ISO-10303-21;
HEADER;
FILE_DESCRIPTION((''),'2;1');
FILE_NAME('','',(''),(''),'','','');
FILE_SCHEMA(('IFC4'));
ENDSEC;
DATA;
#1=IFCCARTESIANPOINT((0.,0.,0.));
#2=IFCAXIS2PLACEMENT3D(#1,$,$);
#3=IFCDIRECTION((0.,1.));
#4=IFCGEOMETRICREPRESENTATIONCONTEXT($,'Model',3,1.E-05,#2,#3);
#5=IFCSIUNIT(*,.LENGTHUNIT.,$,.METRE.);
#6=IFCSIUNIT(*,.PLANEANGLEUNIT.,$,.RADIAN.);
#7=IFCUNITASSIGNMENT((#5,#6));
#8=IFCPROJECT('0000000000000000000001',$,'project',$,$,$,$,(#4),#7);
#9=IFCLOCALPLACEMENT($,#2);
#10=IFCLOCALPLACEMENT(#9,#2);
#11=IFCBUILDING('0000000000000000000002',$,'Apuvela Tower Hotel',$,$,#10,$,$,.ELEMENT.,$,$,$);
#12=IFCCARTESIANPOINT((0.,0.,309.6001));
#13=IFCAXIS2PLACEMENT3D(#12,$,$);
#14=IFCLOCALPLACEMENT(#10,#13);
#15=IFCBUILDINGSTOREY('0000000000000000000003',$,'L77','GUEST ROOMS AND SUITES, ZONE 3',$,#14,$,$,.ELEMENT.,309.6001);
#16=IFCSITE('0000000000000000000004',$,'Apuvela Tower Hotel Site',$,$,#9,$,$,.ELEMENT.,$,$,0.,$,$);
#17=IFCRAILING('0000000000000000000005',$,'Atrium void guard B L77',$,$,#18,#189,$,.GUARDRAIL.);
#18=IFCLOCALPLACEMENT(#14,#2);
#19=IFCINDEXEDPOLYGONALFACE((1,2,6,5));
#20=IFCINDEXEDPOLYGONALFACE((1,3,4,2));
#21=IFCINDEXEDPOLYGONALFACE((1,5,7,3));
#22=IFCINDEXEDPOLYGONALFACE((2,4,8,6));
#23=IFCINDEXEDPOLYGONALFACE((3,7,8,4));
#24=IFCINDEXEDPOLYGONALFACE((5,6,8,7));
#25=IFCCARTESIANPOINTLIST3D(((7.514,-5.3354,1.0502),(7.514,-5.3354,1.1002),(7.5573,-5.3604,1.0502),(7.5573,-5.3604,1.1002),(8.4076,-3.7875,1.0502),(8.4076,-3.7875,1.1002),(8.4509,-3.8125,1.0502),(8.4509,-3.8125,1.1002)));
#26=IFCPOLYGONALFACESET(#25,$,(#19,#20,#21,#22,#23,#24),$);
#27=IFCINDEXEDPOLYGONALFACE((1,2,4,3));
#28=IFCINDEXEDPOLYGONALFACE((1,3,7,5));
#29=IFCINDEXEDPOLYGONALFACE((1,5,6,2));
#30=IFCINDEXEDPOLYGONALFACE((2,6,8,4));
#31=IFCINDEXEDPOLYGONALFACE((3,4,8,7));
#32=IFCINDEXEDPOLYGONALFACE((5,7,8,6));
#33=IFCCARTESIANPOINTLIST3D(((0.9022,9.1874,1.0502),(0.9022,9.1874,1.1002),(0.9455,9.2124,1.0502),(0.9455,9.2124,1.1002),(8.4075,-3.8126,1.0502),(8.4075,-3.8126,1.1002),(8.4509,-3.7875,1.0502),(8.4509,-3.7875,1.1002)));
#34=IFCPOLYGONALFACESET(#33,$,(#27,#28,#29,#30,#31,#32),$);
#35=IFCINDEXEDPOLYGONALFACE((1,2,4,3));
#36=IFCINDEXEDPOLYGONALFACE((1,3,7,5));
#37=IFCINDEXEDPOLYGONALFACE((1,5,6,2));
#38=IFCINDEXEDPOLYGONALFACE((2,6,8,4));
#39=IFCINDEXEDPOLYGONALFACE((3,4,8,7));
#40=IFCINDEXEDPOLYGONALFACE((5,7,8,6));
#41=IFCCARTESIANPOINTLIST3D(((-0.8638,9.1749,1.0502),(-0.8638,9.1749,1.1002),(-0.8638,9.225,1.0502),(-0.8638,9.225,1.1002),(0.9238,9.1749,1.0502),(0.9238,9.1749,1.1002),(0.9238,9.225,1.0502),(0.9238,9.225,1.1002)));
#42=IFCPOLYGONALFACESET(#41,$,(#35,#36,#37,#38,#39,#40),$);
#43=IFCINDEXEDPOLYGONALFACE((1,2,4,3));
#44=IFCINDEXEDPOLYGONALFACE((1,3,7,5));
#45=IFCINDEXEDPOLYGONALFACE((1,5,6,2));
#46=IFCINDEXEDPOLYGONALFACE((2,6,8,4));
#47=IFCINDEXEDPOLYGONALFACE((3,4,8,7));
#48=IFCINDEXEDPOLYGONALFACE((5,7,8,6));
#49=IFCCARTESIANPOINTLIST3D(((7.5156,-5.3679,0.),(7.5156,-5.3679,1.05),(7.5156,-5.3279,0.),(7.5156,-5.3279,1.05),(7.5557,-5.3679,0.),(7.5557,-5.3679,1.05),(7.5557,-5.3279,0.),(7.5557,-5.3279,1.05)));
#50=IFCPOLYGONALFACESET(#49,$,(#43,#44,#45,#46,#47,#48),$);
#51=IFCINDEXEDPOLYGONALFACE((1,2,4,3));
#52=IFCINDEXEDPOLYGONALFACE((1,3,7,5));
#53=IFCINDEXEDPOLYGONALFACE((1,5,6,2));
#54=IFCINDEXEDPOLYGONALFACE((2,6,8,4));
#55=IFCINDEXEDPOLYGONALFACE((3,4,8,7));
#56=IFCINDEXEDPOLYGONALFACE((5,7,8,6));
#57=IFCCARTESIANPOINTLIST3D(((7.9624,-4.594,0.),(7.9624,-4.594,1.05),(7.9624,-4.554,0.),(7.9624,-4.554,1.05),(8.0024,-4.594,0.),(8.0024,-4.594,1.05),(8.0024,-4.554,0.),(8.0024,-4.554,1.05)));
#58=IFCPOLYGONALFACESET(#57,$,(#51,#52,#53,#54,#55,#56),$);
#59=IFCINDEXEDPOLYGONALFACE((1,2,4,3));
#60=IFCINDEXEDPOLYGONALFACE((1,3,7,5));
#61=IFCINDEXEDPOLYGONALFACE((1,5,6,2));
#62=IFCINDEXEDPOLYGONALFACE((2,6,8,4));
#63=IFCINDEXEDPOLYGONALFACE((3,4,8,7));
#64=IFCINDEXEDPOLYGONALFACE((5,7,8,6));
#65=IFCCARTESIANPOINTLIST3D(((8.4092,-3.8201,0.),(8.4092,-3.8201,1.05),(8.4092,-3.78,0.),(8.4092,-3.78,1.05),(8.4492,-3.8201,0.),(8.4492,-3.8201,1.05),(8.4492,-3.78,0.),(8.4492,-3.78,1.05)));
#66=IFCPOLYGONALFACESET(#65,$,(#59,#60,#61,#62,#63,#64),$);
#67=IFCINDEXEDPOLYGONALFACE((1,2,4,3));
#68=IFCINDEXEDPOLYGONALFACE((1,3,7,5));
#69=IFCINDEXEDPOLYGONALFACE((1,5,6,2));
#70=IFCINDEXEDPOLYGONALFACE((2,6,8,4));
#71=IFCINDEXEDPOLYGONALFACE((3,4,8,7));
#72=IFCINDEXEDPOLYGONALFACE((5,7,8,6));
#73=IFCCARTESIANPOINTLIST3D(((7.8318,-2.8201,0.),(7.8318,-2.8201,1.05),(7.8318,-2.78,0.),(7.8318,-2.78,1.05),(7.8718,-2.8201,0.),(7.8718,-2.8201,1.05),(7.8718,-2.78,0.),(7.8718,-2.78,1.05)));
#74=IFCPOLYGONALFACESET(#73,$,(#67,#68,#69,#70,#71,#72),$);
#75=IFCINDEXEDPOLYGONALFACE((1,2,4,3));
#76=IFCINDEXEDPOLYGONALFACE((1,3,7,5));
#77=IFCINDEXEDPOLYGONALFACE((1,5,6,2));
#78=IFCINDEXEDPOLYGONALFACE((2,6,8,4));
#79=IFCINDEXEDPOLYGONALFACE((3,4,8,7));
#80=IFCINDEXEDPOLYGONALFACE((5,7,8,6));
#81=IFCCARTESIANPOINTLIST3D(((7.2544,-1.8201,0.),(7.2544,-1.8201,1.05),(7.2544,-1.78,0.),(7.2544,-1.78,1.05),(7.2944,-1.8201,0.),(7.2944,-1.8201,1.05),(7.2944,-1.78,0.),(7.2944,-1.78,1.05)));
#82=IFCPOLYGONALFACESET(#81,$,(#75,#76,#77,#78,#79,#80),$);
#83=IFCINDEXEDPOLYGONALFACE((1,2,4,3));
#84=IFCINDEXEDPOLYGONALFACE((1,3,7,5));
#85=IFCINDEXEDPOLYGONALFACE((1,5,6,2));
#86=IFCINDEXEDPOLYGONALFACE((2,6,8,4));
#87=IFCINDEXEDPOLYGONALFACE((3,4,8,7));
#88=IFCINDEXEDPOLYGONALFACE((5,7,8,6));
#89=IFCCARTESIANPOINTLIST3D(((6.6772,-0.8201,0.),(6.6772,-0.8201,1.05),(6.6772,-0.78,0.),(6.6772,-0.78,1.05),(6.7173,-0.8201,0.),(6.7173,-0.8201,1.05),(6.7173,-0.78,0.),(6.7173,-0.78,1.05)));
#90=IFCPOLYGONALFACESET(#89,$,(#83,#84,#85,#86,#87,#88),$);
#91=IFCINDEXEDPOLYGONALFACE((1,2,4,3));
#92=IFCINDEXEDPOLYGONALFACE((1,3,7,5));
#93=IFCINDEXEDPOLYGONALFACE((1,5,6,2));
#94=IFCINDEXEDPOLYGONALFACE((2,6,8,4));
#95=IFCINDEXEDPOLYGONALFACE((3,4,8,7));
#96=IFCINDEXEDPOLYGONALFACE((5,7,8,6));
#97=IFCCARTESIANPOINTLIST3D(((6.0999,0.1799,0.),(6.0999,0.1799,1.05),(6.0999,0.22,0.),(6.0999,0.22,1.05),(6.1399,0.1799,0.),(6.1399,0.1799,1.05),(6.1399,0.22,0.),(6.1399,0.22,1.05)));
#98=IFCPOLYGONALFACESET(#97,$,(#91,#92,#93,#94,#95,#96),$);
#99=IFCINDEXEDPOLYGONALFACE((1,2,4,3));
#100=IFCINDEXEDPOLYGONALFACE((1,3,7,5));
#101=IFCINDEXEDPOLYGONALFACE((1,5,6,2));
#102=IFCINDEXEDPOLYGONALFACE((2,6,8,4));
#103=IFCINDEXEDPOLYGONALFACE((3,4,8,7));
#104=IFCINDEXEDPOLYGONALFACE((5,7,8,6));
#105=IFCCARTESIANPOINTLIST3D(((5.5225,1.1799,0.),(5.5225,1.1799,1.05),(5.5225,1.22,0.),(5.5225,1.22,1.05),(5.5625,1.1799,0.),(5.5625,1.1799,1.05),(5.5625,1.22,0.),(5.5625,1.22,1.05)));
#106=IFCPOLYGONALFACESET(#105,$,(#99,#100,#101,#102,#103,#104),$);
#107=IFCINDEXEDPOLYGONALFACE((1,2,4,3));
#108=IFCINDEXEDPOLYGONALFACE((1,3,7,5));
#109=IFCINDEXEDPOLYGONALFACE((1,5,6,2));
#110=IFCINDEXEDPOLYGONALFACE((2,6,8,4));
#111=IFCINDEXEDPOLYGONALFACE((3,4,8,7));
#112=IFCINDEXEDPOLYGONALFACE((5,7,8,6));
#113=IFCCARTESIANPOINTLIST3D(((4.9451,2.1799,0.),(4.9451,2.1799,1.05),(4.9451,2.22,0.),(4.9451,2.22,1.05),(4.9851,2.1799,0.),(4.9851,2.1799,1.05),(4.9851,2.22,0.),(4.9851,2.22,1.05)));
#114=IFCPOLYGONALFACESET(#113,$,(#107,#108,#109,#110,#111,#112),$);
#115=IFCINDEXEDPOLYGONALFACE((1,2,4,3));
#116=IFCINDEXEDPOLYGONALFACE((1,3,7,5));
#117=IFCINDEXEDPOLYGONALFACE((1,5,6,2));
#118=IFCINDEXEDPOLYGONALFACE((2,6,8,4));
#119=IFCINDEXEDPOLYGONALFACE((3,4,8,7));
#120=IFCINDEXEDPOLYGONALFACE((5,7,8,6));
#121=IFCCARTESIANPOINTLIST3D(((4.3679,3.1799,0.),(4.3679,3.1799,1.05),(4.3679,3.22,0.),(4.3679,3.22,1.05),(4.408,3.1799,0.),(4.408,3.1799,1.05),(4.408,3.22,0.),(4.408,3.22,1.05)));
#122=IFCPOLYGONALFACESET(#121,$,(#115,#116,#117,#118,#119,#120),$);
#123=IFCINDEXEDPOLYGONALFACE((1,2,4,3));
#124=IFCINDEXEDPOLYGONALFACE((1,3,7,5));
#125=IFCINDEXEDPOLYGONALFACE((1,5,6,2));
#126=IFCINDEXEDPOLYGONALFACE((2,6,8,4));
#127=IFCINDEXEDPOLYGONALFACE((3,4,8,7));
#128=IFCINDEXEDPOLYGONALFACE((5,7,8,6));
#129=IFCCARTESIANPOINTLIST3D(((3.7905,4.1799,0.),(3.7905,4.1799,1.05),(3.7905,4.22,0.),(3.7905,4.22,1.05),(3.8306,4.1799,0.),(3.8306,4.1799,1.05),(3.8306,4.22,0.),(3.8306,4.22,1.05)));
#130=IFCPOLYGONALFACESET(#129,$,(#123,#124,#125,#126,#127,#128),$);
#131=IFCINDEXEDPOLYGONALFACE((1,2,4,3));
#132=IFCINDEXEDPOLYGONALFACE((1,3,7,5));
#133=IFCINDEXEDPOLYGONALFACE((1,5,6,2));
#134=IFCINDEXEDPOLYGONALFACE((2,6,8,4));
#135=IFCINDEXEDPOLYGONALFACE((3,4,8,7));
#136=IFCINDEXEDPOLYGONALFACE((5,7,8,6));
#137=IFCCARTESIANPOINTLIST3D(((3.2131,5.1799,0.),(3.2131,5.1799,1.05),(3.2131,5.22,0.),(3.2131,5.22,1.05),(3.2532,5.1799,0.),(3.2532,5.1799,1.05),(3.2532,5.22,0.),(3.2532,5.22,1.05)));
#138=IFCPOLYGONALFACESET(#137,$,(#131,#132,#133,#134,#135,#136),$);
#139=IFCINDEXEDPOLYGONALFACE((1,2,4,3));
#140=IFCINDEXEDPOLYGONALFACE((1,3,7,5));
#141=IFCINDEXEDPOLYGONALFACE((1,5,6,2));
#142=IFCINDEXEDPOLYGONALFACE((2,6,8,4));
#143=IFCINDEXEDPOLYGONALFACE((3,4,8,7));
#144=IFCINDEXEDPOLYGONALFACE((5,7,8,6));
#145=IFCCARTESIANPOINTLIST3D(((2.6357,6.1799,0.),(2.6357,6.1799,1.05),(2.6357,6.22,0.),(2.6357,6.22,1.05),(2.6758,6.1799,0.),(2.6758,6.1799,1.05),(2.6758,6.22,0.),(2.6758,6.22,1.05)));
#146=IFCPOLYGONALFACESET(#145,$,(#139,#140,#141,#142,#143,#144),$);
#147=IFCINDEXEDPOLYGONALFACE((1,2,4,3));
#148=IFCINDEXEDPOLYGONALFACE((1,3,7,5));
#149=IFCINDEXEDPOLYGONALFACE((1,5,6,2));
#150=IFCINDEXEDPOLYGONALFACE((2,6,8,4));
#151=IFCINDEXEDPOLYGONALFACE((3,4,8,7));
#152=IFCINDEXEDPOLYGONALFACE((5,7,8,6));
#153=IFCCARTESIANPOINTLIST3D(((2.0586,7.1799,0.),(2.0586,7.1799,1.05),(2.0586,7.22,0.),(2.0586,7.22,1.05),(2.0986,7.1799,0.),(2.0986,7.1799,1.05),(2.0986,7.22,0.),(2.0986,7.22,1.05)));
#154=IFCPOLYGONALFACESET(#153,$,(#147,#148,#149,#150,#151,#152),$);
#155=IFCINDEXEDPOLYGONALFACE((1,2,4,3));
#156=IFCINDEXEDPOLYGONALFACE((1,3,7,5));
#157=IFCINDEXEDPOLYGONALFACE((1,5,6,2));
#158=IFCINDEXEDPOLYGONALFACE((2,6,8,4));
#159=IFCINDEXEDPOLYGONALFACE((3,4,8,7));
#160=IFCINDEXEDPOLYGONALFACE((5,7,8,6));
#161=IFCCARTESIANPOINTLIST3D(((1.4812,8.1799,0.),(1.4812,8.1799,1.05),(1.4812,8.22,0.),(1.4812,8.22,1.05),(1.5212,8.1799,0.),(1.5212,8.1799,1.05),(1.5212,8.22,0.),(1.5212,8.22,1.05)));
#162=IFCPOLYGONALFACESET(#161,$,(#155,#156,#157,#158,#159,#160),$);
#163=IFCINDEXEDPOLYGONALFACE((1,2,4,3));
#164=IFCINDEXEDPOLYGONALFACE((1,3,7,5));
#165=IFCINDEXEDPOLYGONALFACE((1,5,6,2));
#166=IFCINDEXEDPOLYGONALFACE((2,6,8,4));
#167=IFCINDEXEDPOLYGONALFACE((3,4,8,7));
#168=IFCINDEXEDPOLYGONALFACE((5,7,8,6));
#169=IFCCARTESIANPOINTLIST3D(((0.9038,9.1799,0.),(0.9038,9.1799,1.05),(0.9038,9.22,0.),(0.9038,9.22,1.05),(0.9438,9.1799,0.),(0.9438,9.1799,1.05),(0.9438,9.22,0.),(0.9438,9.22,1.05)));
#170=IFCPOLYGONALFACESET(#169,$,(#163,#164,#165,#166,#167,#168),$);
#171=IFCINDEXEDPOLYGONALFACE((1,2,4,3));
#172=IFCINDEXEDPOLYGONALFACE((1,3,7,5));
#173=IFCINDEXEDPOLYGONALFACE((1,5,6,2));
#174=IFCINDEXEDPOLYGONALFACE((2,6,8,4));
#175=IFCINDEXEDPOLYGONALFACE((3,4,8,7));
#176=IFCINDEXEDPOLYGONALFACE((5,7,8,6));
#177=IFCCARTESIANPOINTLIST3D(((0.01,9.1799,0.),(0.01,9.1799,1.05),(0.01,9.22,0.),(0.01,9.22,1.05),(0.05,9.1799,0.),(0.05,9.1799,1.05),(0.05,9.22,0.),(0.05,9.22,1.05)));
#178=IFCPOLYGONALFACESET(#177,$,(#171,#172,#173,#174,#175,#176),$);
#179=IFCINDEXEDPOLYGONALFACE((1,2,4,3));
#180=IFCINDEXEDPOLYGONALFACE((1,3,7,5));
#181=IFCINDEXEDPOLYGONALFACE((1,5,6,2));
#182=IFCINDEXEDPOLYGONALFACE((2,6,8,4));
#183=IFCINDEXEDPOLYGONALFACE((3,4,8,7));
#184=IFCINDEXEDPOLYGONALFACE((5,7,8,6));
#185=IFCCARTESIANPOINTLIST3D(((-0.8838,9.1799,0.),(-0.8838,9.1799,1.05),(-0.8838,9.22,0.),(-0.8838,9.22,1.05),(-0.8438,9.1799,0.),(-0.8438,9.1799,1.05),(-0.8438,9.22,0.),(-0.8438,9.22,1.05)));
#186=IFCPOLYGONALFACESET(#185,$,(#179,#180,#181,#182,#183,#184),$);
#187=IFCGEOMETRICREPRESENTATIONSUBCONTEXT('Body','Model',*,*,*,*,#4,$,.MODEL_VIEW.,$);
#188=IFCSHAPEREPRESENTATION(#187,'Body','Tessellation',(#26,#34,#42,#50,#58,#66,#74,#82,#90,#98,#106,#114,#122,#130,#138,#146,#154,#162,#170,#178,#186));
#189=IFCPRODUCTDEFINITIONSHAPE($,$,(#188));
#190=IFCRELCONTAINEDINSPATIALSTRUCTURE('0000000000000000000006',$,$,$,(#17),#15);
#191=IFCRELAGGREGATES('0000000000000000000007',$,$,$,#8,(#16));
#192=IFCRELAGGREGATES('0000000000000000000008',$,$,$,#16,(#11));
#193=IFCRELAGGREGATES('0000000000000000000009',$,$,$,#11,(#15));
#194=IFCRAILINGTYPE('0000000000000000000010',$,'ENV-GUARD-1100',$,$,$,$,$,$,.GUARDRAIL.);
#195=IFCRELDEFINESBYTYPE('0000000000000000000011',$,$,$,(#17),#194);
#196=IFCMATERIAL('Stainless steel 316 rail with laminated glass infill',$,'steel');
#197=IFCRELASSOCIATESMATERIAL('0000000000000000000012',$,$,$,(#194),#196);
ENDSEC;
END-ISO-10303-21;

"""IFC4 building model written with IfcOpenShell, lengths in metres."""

from ifc_helpers import new_model, si_unit, direction, frame, origin, origin_2d, place, context, subcontext, project, spatial, rectangle, extrude, material, type_object, element, save


model = new_model("IFC4")

# Units and contexts
model_context = context("Model", 3, precision=1e-05, world=origin(), true_north=direction((0.0, 1.0)))
body_context = subcontext(model_context, "Body", "Model", "MODEL_VIEW")
ifc_project = project(units=[si_unit("LENGTHUNIT", "METRE"), si_unit("PLANEANGLEUNIT", "RADIAN")], contexts=[model_context])

# Site, building, storey
site_placement = place(None, origin())
site = spatial("IfcSite", under=ifc_project, at=site_placement, Name="Apuvela Tower Hotel Site", CompositionType="ELEMENT", RefElevation=0.0)
building_placement = place(site_placement, origin())
building = spatial("IfcBuilding", under=site, at=building_placement, Name="Apuvela Tower Hotel", CompositionType="ELEMENT")
storey_placement = place(building_placement, frame((0.0, 0.0, 309.6001)))
storey = spatial("IfcBuildingStorey", under=building, at=storey_placement, Name="L77", Description="GUEST ROOMS AND SUITES, ZONE 3", CompositionType="ELEMENT", Elevation=309.6001)

# Railing
ifc_material_1 = material(Name="Stainless steel 316 rail with laminated glass infill", Category="steel")
railing_type_1 = type_object("IfcRailingType", Name="ENV-GUARD-1100", PredefinedType="GUARDRAIL", material=ifc_material_1)
railing_1_placement = place(storey_placement, frame((7.5356, -5.3479, 0.0)))
element("IfcRailing", 1, at=railing_1_placement, inside=storey, type_object=railing_type_1, Name="Atrium void guard B L77", PredefinedType="GUARDRAIL", context=body_context, shape_type="SweptSolid", body=[
    extrude(rectangle(XDim=0.05, YDim=0.05, at=origin_2d()), frame((0.0, 0.0, 1.0752), z_axis=(0.499959, 0.866049, 0.0), x_axis=(-0.866049, 0.499959, 0.0)), (0.0, 0.0, 1.0), 1.7874),
    extrude(rectangle(XDim=0.05, YDim=0.05, at=origin_2d()), frame((0.8936, 1.5479, 1.0752), z_axis=(-0.499991, 0.866031, 0.0), x_axis=(-0.866031, -0.499991, 0.0)), (0.0, 0.0, 1.0), 15.011),
    extrude(rectangle(XDim=0.05, YDim=0.05, at=origin_2d()), frame((-6.6118, 14.5479, 1.0752), z_axis=(-1.0, 0.0, 0.0), x_axis=(0.0, -1.0, 0.0)), (0.0, 0.0, 1.0), 1.7876),
    extrude(rectangle(XDim=0.04, YDim=0.04, at=origin_2d()), origin(), (0.0, 0.0, 1.0), 1.05),
    extrude(rectangle(XDim=0.04, YDim=0.04, at=origin_2d()), frame((0.4468, 0.7739, 0.0)), (0.0, 0.0, 1.0), 1.05),
    extrude(rectangle(XDim=0.04, YDim=0.04, at=origin_2d()), frame((0.8936, 1.5479, 0.0)), (0.0, 0.0, 1.0), 1.05),
    extrude(rectangle(XDim=0.04, YDim=0.04, at=origin_2d()), frame((0.3162, 2.5479, 0.0)), (0.0, 0.0, 1.0), 1.05),
    extrude(rectangle(XDim=0.04, YDim=0.04, at=origin_2d()), frame((-0.2612, 3.5479, 0.0)), (0.0, 0.0, 1.0), 1.05),
    extrude(rectangle(XDim=0.04, YDim=0.04, at=origin_2d()), frame((-0.8384, 4.5479, 0.0)), (0.0, 0.0, 1.0), 1.05),
    extrude(rectangle(XDim=0.04, YDim=0.04, at=origin_2d()), frame((-1.4158, 5.5479, 0.0)), (0.0, 0.0, 1.0), 1.05),
    extrude(rectangle(XDim=0.04, YDim=0.04, at=origin_2d()), frame((-1.9932, 6.5479, 0.0)), (0.0, 0.0, 1.0), 1.05),
    extrude(rectangle(XDim=0.04, YDim=0.04, at=origin_2d()), frame((-2.5706, 7.5479, 0.0)), (0.0, 0.0, 1.0), 1.05),
    extrude(rectangle(XDim=0.04, YDim=0.04, at=origin_2d()), frame((-3.1477, 8.5479, 0.0)), (0.0, 0.0, 1.0), 1.05),
    extrude(rectangle(XDim=0.04, YDim=0.04, at=origin_2d()), frame((-3.7251, 9.5479, 0.0)), (0.0, 0.0, 1.0), 1.05),
    extrude(rectangle(XDim=0.04, YDim=0.04, at=origin_2d()), frame((-4.3025, 10.5479, 0.0)), (0.0, 0.0, 1.0), 1.05),
    extrude(rectangle(XDim=0.04, YDim=0.04, at=origin_2d()), frame((-4.8799, 11.5479, 0.0)), (0.0, 0.0, 1.0), 1.05),
    extrude(rectangle(XDim=0.04, YDim=0.04, at=origin_2d()), frame((-5.457, 12.5479, 0.0)), (0.0, 0.0, 1.0), 1.05),
    extrude(rectangle(XDim=0.04, YDim=0.04, at=origin_2d()), frame((-6.0344, 13.5479, 0.0)), (0.0, 0.0, 1.0), 1.05),
    extrude(rectangle(XDim=0.04, YDim=0.04, at=origin_2d()), frame((-6.6118, 14.5479, 0.0)), (0.0, 0.0, 1.0), 1.05),
    extrude(rectangle(XDim=0.04, YDim=0.04, at=origin_2d()), frame((-7.5056, 14.5479, 0.0)), (0.0, 0.0, 1.0), 1.05),
    extrude(rectangle(XDim=0.04, YDim=0.04, at=origin_2d()), frame((-8.3994, 14.5479, 0.0)), (0.0, 0.0, 1.0), 1.05),
])

save(model, "model.ifc")
